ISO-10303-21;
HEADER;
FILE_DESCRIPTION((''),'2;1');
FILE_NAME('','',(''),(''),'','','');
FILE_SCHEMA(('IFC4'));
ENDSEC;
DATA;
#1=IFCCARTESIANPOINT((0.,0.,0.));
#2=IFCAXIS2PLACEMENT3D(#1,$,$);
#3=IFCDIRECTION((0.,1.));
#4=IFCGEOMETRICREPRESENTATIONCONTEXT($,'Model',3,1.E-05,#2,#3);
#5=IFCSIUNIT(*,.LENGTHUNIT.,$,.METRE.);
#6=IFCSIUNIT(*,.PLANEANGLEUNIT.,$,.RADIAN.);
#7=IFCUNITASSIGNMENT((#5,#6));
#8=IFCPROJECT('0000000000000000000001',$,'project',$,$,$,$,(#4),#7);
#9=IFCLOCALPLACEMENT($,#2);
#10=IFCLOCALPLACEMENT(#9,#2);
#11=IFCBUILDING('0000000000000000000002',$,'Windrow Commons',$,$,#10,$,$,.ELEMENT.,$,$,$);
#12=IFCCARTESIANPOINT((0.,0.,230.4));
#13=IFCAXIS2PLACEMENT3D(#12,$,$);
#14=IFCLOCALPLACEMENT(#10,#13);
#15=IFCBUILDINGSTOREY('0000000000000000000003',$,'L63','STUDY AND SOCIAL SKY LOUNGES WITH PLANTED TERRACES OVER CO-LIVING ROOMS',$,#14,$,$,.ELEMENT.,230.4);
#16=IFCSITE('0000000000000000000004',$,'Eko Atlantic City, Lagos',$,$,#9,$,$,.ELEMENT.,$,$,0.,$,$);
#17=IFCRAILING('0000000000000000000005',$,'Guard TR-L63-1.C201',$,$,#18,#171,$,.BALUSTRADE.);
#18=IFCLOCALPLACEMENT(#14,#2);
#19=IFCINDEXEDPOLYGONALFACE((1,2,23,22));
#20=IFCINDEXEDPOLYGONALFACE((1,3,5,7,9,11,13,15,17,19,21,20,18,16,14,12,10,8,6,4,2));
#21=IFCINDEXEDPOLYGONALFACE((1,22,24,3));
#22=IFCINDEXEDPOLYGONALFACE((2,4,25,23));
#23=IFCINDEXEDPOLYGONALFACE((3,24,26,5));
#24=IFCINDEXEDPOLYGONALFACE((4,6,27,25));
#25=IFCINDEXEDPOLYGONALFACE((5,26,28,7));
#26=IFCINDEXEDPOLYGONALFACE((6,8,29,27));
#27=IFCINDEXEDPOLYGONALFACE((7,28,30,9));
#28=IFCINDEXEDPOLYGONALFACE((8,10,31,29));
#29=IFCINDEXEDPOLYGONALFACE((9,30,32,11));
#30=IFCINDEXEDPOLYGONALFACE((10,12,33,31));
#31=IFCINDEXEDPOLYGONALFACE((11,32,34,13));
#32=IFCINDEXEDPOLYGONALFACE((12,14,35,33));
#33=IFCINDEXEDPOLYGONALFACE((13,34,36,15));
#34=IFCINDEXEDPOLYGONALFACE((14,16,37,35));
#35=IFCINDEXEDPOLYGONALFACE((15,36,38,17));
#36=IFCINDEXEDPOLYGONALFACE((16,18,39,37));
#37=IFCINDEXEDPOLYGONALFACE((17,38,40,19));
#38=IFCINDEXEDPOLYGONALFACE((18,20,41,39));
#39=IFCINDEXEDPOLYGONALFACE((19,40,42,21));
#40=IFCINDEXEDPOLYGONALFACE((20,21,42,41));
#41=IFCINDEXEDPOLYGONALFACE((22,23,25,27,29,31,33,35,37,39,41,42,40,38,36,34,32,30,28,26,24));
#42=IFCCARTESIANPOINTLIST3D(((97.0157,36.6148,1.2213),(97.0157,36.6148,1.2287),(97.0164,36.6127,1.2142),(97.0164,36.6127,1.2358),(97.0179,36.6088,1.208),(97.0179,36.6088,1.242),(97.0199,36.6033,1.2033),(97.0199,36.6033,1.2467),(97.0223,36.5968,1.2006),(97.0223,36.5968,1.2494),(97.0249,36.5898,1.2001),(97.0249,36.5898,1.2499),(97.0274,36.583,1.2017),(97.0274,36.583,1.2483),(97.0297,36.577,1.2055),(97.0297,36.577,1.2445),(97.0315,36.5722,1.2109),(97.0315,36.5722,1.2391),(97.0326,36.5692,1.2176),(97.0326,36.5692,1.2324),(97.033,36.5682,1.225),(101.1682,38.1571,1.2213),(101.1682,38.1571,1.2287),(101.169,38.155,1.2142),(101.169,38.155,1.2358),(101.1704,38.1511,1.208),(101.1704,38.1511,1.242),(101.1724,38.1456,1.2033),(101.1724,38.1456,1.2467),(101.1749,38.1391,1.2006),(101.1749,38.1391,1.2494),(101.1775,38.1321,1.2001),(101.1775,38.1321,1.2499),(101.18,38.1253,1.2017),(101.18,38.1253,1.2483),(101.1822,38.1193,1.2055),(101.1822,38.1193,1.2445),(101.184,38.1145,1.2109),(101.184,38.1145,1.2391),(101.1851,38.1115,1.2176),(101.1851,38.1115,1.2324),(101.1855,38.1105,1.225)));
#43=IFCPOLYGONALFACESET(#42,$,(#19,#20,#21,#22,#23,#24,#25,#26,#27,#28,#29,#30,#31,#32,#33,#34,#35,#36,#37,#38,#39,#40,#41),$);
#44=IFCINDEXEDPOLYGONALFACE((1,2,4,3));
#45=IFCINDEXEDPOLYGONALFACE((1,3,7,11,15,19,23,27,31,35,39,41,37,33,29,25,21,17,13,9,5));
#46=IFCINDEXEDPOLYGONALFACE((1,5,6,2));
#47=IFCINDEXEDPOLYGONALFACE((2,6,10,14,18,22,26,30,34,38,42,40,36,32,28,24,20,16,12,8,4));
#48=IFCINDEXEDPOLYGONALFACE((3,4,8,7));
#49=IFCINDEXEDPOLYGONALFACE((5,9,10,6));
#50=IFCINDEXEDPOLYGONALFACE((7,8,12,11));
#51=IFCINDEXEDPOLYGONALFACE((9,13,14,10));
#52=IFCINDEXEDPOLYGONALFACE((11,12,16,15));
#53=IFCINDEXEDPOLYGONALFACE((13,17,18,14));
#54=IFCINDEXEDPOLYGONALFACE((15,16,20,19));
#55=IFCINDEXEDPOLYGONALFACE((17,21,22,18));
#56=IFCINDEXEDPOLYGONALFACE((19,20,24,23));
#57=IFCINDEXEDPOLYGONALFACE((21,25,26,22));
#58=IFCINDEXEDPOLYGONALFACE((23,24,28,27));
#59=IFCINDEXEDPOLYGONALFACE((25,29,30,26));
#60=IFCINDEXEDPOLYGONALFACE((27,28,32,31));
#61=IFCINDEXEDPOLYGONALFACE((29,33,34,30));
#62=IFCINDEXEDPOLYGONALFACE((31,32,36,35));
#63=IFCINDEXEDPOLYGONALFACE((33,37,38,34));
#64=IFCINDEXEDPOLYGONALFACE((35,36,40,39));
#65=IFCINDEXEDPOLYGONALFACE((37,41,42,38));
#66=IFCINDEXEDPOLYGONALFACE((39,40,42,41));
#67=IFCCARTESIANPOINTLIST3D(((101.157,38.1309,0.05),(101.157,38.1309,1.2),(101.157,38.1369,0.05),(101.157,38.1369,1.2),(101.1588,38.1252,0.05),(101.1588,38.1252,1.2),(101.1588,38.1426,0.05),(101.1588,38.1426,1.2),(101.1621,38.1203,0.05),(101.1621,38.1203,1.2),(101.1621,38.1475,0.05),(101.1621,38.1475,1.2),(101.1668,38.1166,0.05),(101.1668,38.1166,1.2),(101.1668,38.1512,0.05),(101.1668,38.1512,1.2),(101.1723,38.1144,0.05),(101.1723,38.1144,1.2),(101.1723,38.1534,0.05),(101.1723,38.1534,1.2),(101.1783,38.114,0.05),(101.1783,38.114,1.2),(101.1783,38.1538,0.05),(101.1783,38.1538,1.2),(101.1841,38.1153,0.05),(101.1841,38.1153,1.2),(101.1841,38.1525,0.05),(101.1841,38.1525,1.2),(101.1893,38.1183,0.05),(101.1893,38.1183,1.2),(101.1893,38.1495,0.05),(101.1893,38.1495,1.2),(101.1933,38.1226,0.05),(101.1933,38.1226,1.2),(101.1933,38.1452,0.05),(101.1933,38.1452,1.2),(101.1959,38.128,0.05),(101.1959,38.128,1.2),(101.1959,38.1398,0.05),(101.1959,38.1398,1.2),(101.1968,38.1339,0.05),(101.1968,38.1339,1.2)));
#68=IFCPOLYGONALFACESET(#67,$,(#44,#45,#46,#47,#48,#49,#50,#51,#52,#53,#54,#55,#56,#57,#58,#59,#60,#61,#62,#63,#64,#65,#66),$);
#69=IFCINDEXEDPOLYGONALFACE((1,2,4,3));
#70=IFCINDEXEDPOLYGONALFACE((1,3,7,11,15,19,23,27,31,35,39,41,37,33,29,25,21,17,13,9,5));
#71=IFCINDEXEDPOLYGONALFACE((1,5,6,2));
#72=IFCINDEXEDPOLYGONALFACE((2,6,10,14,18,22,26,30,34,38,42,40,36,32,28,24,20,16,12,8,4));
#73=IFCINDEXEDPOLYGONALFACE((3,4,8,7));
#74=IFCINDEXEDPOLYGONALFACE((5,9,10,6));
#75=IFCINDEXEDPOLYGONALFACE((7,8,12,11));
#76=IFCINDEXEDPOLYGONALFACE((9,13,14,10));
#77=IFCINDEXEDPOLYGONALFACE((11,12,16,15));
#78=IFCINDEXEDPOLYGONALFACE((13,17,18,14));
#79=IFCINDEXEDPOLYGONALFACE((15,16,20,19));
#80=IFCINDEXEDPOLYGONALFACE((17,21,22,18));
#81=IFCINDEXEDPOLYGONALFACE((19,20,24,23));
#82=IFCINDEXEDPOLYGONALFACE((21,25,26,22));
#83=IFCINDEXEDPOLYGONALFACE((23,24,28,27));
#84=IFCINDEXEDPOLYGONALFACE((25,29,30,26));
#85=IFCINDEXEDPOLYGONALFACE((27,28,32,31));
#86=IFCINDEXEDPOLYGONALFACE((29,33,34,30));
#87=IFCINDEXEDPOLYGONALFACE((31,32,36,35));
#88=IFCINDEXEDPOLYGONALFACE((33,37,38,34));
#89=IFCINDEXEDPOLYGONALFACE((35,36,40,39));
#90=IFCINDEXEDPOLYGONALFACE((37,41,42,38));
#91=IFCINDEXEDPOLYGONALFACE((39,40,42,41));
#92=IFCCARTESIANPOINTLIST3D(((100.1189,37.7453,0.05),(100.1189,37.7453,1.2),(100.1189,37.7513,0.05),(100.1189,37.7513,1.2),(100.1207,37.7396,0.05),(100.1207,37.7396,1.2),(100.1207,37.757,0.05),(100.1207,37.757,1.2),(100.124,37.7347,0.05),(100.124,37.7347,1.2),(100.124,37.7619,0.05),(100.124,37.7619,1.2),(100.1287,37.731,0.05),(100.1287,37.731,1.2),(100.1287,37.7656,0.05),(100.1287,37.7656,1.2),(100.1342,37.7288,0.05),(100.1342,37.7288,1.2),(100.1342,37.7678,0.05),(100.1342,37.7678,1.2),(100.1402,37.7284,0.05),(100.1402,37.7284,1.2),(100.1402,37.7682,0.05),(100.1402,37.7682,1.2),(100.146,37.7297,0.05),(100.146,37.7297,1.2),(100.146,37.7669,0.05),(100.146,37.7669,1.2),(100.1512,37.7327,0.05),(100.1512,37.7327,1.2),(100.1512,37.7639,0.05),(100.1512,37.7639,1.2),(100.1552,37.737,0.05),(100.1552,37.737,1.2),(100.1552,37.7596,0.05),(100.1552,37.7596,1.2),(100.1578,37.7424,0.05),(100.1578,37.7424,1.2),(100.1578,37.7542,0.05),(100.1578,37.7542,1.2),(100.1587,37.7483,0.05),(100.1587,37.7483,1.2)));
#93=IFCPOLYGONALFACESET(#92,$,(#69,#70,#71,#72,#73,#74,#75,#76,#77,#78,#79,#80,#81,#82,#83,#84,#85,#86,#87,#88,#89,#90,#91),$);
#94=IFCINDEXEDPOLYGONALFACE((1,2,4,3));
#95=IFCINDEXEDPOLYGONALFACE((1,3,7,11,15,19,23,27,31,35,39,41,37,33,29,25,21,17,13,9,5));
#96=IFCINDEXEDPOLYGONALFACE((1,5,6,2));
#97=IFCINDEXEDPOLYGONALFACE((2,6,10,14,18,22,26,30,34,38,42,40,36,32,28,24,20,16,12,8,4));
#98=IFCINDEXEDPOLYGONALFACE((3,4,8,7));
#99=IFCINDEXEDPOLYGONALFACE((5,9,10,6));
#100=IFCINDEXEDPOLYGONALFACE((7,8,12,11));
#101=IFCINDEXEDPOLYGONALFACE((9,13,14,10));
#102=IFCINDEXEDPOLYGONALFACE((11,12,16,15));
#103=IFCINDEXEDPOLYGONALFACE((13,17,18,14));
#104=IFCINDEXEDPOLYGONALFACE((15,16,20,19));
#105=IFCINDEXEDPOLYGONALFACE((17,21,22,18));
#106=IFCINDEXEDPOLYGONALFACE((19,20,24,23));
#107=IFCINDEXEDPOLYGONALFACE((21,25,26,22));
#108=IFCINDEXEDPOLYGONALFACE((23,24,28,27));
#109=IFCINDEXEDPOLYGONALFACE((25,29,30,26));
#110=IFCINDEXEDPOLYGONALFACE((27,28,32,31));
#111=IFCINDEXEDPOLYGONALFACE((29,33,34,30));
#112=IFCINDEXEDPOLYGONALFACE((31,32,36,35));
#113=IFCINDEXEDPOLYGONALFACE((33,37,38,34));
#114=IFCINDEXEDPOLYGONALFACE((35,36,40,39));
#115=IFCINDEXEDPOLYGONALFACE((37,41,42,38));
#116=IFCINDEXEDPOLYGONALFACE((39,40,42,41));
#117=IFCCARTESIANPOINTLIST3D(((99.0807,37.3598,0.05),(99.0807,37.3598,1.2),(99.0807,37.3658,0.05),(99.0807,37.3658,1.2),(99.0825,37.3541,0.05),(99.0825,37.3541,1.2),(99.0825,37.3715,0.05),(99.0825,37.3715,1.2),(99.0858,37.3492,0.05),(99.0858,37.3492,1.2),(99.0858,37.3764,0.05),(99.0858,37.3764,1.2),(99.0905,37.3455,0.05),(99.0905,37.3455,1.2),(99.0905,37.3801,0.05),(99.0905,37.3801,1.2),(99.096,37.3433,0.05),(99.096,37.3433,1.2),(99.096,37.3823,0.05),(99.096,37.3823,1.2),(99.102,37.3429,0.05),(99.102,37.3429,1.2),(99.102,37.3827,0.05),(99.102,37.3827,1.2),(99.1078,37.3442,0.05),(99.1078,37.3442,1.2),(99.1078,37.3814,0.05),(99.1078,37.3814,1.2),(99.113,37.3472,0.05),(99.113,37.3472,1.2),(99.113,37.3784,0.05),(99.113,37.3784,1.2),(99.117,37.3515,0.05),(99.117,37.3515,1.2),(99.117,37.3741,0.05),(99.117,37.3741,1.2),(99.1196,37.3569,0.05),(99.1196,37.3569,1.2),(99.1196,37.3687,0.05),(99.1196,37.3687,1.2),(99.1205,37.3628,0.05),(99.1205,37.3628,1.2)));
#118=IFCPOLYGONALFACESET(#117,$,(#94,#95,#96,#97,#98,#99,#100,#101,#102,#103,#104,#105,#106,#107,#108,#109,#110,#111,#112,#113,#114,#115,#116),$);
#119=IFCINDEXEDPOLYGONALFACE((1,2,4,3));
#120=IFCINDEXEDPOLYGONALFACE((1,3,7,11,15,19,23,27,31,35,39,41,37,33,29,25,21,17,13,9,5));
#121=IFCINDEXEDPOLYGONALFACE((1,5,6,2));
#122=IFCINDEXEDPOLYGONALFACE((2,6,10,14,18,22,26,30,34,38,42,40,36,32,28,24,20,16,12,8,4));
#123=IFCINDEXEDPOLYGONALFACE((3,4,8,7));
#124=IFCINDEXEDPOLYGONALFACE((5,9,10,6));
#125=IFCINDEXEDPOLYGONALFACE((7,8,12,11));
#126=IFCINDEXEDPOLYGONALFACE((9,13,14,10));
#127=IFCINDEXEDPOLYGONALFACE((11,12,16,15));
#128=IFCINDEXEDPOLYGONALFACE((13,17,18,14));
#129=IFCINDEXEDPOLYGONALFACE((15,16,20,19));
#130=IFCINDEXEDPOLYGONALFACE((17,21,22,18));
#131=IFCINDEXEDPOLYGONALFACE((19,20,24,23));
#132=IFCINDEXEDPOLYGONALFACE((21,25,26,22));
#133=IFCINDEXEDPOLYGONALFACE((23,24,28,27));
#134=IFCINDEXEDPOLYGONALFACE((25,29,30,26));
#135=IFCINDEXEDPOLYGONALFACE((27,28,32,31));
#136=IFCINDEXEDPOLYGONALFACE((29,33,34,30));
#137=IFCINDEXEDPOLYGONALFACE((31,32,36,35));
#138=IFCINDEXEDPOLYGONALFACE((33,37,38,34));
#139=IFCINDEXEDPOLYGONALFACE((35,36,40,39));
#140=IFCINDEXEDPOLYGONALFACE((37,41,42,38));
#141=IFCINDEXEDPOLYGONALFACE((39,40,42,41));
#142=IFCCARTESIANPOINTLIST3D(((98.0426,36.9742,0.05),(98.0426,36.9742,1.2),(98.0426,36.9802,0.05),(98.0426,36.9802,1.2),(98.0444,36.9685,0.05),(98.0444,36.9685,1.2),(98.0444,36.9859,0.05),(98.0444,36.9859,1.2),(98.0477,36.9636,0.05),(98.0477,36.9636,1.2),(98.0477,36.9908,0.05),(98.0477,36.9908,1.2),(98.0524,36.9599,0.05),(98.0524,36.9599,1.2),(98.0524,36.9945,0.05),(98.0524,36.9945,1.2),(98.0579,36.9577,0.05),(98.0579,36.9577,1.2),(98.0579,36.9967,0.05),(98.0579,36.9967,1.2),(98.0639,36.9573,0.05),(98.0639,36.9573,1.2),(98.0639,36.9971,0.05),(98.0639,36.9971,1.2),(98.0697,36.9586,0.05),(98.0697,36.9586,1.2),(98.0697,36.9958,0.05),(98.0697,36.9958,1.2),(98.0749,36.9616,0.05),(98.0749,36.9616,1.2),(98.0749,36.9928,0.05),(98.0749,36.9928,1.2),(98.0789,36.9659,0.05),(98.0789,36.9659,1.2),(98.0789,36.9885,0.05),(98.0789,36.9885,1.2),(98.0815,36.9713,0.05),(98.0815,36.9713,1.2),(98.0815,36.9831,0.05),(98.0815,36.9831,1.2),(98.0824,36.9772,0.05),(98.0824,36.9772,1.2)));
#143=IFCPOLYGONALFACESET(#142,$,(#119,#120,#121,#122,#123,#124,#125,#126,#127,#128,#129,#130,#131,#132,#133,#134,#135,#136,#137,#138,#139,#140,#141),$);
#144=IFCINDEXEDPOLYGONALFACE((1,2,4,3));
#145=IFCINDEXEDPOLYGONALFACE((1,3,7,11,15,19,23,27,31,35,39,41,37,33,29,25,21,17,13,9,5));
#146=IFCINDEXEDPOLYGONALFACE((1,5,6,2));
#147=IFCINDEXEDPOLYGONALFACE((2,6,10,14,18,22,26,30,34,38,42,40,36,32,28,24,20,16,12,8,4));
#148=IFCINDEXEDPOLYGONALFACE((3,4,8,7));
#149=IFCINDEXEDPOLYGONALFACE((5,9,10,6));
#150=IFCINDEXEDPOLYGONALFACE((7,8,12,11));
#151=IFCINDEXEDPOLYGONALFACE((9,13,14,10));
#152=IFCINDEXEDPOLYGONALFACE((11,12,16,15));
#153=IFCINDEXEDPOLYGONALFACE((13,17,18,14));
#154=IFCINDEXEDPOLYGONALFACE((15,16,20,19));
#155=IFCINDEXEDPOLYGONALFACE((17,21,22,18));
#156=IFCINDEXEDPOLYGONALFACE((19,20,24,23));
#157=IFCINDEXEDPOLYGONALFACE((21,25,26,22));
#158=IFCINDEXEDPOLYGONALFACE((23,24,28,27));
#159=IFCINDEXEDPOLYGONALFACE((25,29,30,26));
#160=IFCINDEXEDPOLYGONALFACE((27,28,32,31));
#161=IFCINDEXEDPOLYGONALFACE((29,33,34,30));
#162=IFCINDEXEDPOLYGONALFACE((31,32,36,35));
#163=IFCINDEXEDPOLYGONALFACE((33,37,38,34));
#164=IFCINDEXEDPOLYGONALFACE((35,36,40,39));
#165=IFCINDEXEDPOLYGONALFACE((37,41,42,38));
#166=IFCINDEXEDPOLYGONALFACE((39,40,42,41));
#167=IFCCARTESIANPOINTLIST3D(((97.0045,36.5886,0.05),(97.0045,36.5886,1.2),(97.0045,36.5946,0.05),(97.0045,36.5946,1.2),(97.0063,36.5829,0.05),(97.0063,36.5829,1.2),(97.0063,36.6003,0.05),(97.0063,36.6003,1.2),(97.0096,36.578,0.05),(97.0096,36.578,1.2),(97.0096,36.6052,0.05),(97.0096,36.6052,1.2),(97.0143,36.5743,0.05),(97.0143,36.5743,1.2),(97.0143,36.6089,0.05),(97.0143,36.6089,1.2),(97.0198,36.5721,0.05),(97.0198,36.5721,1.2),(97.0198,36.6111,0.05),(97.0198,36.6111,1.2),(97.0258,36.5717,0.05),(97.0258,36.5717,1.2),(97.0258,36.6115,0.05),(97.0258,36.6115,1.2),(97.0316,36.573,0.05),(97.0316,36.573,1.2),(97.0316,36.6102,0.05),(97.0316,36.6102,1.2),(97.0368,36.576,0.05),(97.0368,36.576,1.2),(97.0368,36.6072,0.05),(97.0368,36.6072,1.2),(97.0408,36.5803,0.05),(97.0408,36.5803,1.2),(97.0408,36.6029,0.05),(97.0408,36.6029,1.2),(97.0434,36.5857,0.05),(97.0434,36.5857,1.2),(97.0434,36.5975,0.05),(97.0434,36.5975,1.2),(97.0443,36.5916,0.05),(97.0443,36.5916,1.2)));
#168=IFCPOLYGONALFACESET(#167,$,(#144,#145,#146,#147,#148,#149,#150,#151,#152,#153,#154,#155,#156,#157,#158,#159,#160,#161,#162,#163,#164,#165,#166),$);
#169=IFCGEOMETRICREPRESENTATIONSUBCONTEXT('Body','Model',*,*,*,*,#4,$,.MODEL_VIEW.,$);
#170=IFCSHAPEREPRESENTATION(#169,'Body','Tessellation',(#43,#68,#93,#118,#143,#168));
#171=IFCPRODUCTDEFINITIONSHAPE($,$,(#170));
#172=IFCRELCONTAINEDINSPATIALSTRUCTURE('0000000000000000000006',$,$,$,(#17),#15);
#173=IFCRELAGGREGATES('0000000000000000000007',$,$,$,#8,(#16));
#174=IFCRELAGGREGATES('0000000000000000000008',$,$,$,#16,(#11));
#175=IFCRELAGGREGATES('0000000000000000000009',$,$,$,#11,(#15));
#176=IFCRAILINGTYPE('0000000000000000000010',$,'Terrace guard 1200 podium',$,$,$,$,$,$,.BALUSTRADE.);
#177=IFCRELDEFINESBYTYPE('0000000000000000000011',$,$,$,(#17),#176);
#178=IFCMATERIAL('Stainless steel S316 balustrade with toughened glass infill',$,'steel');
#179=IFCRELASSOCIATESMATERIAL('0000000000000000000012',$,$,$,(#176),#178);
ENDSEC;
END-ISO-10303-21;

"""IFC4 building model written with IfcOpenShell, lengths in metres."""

from ifc_helpers import new_model, si_unit, direction, frame, origin, origin_2d, place, context, subcontext, project, spatial, circle, extrude, material, type_object, element, save


model = new_model("IFC4")

# Units and contexts
model_context = context("Model", 3, precision=1e-05, world=origin(), true_north=direction((0.0, 1.0)))
body_context = subcontext(model_context, "Body", "Model", "MODEL_VIEW")
ifc_project = project(units=[si_unit("LENGTHUNIT", "METRE"), si_unit("PLANEANGLEUNIT", "RADIAN")], contexts=[model_context])

# Site, building, storey
site_placement = place(None, origin())
site = spatial("IfcSite", under=ifc_project, at=site_placement, Name="Eko Atlantic City, Lagos", CompositionType="ELEMENT", RefElevation=0.0)
building_placement = place(site_placement, origin())
building = spatial("IfcBuilding", under=site, at=building_placement, Name="Windrow Commons", CompositionType="ELEMENT")
storey_placement = place(building_placement, frame((0.0, 0.0, 230.4)))
storey = spatial("IfcBuildingStorey", under=building, at=storey_placement, Name="L63", Description="STUDY AND SOCIAL SKY LOUNGES WITH PLANTED TERRACES OVER CO-LIVING ROOMS", CompositionType="ELEMENT", Elevation=230.4)

# Railing
ifc_material_1 = material(Name="Stainless steel S316 balustrade with toughened glass infill", Category="steel")
railing_type = type_object("IfcRailingType", Name="Terrace guard 1200 podium", PredefinedType="BALUSTRADE", material=ifc_material_1)
railing_1_placement = place(storey_placement, frame((101.1768, 38.1339, 0.05)))
element("IfcRailing", 1, at=railing_1_placement, inside=storey, type_object=railing_type, Name="Guard TR-L63-1.C201", PredefinedType="BALUSTRADE", context=body_context, shape_type="SweptSolid", body=[
    extrude(circle(Radius=0.025, at=origin_2d()), frame((0.0, 0.0, 1.175), z_axis=(-0.937429, -0.348175, 0.0), x_axis=(0.348175, -0.937429, 0.0)), (0.0, 0.0, 1.0), 4.4297),
    extrude(circle(Radius=0.02, at=origin_2d()), origin(), (0.0, 0.0, 1.0), 1.15),
    extrude(circle(Radius=0.02, at=origin_2d()), frame((-1.0381, -0.3856, 0.0)), (0.0, 0.0, 1.0), 1.15),
    extrude(circle(Radius=0.02, at=origin_2d()), frame((-2.0763, -0.7711, 0.0)), (0.0, 0.0, 1.0), 1.15),
    extrude(circle(Radius=0.02, at=origin_2d()), frame((-3.1144, -1.1567, 0.0)), (0.0, 0.0, 1.0), 1.15),
    extrude(circle(Radius=0.02, at=origin_2d()), frame((-4.1525, -1.5423, 0.0)), (0.0, 0.0, 1.0), 1.15),
])

save(model, "model.ifc")
